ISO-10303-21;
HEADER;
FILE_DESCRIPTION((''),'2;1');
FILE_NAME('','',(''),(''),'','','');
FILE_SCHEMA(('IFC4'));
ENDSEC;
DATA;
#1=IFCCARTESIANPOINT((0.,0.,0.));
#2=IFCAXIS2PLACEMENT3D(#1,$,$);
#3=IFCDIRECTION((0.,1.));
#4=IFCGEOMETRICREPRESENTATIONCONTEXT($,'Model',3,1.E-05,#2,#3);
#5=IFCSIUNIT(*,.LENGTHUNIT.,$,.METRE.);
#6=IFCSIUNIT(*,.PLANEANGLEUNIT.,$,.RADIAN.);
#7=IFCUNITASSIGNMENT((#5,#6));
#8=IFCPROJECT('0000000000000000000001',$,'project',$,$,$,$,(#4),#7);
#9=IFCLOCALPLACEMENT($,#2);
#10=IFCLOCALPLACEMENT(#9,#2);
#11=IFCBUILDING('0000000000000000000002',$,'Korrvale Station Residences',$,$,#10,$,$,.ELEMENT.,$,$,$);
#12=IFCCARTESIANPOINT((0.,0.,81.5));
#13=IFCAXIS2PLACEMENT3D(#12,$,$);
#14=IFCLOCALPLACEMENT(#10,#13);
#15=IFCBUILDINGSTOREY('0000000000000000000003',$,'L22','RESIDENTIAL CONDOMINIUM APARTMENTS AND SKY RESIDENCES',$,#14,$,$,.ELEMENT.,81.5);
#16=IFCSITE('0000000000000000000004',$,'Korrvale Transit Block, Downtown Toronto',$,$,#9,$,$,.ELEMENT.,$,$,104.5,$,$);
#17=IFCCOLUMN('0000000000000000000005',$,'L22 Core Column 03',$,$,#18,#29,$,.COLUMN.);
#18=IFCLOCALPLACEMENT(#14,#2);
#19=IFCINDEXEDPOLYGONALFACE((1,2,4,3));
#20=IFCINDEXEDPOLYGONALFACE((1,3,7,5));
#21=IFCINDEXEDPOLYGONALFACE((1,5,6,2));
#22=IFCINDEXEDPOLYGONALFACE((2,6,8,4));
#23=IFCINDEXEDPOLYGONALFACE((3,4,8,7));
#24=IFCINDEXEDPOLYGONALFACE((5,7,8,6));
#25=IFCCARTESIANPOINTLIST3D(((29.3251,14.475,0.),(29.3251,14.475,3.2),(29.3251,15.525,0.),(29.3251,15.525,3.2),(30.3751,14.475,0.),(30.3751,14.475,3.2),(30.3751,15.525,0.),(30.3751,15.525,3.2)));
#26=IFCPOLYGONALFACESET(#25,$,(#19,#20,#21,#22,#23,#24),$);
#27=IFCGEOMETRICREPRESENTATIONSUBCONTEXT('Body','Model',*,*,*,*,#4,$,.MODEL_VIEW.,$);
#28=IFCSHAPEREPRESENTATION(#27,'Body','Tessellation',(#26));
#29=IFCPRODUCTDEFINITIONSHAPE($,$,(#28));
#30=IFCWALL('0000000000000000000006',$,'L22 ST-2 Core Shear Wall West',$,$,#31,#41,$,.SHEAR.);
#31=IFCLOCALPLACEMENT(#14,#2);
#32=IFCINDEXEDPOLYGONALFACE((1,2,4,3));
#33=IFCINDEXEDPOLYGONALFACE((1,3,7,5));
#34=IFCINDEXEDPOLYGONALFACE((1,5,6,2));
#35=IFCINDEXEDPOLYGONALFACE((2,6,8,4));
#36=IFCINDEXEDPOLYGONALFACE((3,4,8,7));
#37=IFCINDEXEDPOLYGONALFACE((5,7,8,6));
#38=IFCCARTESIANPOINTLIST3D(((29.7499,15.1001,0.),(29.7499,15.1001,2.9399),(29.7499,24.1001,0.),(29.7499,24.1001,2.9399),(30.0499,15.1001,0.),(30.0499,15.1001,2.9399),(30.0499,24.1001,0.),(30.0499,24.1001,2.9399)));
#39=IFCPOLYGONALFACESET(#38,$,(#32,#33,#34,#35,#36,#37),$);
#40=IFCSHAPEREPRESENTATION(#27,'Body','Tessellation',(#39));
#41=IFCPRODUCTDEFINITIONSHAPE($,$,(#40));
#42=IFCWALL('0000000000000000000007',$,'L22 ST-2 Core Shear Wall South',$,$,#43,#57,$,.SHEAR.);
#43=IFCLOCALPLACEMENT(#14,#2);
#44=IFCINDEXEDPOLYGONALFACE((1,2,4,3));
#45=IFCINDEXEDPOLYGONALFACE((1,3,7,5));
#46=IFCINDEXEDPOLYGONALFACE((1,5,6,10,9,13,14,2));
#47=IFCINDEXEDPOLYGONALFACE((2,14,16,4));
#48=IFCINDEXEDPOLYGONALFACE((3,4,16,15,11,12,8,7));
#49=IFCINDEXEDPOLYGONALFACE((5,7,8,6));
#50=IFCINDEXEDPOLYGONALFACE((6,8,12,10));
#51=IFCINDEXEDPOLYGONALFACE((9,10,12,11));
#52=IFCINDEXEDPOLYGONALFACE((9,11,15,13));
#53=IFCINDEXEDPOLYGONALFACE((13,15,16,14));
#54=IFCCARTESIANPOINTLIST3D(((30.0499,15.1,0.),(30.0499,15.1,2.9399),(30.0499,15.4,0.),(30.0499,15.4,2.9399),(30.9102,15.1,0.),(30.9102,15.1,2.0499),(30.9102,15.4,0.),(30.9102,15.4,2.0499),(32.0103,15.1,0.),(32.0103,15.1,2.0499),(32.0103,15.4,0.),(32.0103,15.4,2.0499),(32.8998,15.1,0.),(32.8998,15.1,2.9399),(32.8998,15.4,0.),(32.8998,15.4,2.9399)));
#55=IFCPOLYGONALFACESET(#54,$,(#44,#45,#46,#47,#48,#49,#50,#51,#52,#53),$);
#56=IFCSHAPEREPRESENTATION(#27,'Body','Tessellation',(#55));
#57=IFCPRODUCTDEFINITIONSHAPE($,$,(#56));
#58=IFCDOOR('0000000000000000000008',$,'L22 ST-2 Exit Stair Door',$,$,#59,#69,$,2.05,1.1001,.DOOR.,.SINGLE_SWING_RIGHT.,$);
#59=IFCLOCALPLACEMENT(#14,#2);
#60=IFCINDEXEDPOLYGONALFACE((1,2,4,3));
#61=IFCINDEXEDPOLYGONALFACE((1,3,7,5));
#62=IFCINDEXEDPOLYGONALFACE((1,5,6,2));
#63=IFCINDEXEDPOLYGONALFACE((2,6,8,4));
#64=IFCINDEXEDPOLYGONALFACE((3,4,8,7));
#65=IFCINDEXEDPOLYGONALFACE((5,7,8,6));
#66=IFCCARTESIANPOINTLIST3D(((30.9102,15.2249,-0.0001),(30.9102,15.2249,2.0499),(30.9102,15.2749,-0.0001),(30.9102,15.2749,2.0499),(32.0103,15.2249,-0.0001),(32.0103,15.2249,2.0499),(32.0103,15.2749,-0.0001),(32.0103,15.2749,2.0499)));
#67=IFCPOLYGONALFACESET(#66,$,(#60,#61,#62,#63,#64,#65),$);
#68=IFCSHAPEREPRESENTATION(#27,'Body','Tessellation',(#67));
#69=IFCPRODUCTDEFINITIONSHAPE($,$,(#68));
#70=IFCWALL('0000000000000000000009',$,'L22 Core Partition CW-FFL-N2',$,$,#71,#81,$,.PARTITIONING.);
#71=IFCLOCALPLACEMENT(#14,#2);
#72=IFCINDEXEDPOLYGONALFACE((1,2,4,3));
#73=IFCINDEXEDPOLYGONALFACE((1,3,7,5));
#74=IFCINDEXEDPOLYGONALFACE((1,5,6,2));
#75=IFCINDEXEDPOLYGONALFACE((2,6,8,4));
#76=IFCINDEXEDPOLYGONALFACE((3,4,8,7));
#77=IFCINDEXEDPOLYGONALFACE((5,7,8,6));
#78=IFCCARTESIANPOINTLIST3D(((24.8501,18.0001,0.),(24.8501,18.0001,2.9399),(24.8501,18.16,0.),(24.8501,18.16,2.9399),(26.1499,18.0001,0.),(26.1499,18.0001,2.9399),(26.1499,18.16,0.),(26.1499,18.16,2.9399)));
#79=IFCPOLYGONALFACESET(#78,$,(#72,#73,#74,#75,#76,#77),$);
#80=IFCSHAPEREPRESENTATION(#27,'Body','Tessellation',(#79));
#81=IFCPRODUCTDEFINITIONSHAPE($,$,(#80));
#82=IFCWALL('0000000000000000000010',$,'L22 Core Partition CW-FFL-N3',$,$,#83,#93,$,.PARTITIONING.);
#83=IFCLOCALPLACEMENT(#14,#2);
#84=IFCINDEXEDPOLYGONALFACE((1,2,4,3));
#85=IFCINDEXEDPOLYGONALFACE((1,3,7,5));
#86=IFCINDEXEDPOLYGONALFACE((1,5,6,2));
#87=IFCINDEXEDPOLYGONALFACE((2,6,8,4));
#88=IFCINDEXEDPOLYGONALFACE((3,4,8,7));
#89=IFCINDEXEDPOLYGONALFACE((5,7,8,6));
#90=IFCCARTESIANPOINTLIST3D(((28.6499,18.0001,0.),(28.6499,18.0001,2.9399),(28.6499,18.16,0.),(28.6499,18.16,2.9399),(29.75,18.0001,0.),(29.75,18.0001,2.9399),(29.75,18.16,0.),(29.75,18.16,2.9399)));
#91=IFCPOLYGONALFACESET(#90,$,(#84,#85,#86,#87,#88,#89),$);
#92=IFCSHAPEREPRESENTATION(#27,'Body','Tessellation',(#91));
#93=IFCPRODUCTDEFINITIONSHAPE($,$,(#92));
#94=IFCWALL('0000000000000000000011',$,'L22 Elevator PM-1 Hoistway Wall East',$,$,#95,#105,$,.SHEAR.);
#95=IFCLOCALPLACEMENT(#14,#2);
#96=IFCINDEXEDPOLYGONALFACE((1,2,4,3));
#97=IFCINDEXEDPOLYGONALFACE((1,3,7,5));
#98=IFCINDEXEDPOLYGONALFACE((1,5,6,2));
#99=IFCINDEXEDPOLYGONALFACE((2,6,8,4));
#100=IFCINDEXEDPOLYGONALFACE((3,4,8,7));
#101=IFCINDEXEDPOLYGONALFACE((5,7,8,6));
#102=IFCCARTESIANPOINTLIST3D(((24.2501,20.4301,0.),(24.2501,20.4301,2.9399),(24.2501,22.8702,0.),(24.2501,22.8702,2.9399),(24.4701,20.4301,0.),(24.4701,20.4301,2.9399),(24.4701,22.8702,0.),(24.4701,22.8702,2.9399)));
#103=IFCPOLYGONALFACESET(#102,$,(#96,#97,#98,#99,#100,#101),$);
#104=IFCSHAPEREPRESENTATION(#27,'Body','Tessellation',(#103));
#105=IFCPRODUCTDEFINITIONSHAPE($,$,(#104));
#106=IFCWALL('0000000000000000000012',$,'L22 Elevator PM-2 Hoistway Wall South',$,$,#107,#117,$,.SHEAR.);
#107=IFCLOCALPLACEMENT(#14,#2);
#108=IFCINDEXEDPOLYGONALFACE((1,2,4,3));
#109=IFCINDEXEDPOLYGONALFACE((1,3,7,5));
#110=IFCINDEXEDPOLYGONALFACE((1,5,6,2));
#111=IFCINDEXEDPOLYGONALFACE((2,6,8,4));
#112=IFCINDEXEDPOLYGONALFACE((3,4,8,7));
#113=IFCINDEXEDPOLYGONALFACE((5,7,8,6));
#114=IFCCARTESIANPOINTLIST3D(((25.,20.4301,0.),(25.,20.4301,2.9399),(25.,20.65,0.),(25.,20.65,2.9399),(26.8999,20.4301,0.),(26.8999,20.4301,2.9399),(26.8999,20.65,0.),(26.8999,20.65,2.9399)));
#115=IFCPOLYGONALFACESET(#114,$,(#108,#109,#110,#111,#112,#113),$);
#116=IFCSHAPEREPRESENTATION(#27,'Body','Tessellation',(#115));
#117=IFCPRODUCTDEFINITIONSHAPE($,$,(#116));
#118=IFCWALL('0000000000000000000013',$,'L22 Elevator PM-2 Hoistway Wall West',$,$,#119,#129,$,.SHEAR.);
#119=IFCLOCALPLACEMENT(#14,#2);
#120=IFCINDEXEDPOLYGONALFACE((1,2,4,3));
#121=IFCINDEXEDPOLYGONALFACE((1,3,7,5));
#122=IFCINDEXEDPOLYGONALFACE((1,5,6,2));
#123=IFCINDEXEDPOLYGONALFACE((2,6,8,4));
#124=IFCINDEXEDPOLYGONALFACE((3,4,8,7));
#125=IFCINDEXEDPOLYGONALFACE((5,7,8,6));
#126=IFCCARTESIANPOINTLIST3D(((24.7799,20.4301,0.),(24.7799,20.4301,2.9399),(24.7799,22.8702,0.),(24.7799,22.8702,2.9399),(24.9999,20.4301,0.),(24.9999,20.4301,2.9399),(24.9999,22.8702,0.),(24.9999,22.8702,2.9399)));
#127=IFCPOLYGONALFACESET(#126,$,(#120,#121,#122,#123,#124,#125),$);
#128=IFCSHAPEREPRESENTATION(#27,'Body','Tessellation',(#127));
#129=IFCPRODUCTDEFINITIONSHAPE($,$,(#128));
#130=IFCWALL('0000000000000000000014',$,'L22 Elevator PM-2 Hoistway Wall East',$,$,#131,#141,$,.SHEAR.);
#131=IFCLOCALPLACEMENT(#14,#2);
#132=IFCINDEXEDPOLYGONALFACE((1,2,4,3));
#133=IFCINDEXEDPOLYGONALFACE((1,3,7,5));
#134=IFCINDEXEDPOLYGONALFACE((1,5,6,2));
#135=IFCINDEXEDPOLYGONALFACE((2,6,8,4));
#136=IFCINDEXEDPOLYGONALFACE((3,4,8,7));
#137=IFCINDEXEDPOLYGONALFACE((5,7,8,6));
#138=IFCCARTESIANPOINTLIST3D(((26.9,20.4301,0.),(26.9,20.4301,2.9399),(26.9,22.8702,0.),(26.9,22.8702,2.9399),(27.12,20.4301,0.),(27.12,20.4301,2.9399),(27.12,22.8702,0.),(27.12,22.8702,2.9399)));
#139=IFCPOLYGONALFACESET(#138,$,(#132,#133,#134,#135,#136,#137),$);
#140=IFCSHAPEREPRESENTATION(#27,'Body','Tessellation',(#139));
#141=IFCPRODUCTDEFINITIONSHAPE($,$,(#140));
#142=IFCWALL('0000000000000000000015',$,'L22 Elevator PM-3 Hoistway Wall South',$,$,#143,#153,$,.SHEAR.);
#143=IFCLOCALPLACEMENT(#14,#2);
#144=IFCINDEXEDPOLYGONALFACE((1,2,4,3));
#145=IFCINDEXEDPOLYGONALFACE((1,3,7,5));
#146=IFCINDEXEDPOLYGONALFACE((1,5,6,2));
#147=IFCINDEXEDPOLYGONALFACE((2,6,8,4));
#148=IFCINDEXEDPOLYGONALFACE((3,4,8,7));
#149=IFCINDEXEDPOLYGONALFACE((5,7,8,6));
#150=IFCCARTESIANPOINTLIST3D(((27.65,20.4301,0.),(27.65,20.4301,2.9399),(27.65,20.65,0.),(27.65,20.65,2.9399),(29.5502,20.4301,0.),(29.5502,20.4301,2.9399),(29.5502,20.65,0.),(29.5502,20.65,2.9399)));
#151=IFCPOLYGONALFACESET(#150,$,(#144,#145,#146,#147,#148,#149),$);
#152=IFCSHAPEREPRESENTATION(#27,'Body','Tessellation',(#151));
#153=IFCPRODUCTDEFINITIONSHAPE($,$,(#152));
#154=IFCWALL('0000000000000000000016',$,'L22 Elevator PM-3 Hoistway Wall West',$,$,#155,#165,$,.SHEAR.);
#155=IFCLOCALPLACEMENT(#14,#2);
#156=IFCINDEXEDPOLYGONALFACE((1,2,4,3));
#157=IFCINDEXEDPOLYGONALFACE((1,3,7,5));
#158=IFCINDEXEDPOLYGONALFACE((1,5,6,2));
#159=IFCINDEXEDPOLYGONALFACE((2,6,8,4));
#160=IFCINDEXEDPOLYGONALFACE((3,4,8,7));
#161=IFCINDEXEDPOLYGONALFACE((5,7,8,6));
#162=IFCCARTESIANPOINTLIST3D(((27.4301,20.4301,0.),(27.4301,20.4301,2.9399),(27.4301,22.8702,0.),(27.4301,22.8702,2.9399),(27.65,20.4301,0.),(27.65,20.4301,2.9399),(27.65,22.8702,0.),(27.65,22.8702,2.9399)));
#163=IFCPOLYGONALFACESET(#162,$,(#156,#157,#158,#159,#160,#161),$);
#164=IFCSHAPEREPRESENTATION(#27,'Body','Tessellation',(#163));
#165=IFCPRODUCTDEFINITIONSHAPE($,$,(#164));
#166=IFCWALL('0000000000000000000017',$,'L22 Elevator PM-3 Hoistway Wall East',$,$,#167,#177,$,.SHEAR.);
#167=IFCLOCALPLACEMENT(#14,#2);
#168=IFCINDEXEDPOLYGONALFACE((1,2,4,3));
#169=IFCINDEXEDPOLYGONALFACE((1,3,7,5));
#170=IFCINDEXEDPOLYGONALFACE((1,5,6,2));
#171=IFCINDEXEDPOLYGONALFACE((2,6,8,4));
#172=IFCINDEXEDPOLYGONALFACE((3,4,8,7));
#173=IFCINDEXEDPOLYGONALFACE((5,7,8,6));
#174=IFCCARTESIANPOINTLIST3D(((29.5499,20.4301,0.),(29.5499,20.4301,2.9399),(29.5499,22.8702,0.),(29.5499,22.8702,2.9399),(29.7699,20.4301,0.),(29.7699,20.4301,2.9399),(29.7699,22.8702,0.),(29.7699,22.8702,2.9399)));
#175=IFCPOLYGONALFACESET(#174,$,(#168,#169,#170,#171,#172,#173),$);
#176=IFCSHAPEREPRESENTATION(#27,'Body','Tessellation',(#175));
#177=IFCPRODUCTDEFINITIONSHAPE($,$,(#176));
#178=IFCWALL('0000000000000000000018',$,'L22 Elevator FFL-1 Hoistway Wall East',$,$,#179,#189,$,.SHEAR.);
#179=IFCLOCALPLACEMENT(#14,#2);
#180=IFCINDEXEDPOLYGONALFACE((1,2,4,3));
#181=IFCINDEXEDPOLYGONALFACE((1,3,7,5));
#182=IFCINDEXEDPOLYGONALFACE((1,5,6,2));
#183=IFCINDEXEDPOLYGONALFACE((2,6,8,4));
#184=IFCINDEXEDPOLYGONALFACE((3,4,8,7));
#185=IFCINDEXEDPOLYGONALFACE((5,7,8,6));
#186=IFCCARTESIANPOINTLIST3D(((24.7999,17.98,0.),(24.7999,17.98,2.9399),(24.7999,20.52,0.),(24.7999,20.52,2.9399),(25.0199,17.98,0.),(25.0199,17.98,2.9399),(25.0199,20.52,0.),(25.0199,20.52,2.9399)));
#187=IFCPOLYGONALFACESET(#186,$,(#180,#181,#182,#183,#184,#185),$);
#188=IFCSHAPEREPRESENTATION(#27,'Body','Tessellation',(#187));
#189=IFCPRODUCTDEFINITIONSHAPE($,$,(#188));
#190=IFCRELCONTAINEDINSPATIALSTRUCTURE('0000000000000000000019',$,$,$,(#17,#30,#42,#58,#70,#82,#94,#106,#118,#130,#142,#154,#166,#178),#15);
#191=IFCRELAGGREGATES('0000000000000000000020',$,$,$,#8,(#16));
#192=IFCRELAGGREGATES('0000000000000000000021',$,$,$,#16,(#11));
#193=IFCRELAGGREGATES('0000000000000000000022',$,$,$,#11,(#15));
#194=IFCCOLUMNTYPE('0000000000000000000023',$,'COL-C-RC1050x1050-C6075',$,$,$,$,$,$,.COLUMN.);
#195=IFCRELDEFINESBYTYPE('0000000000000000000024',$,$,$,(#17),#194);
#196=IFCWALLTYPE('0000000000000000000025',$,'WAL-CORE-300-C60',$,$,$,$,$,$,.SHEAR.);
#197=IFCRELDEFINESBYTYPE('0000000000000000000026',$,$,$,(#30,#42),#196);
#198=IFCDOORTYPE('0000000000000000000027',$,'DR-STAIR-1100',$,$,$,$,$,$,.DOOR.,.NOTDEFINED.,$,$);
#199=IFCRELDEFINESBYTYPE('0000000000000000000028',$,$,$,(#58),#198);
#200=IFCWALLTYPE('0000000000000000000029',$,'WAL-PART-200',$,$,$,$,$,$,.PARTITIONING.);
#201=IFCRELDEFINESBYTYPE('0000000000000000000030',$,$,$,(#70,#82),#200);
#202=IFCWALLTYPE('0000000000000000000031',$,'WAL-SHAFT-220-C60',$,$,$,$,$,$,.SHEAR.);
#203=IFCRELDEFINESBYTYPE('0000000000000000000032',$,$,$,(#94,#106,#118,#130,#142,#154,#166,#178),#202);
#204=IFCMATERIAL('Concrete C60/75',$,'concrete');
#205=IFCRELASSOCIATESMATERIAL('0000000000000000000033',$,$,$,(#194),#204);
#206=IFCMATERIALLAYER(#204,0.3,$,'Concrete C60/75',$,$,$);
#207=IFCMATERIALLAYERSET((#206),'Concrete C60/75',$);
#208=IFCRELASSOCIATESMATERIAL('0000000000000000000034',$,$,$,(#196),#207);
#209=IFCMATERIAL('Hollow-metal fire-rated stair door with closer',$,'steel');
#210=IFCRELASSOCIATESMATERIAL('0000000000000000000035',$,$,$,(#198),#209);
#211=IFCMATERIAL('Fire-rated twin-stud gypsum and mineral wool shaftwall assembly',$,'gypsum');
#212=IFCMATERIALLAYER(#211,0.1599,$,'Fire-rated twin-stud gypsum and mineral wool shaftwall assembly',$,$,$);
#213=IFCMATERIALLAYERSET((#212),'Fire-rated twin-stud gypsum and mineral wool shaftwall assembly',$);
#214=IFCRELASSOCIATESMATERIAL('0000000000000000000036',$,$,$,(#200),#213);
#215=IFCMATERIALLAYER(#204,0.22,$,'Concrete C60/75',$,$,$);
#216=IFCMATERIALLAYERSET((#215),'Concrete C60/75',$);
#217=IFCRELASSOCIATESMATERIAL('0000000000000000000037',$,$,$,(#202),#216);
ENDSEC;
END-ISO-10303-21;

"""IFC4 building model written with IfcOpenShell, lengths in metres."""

from ifc_helpers import new_model, si_unit, direction, frame, frame_2d, origin, origin_2d, place, context, subcontext, project, spatial, rectangle, extrude, material, layer, layer_set, material_profile, profile_set, type_object, element, fill, save


model = new_model("IFC4")

# Units and contexts
model_context = context("Model", 3, precision=1e-05, world=origin(), true_north=direction((0.0, 1.0)))
body_context = subcontext(model_context, "Body", "Model", "MODEL_VIEW")
ifc_project = project(units=[si_unit("LENGTHUNIT", "METRE"), si_unit("PLANEANGLEUNIT", "RADIAN")], contexts=[model_context])

# Site, building, storey
site_placement = place(None, origin())
site = spatial("IfcSite", under=ifc_project, at=site_placement, Name="Korrvale Transit Block, Downtown Toronto", CompositionType="ELEMENT", RefElevation=104.5)
building_placement = place(site_placement, origin())
building = spatial("IfcBuilding", under=site, at=building_placement, Name="Korrvale Station Residences", CompositionType="ELEMENT")
storey_placement = place(building_placement, frame((0.0, 0.0, 81.5)))
storey = spatial("IfcBuildingStorey", under=building, at=storey_placement, Name="L22", Description="RESIDENTIAL CONDOMINIUM APARTMENTS AND SKY RESIDENCES", CompositionType="ELEMENT", Elevation=81.5)

# Column
ifc_material_1 = material(Name="Concrete C60/75", Category="concrete")
ifc_material_profile = material_profile(ifc_material_1, rectangle(XDim=1.05, YDim=1.05, at=origin_2d()), Name="RC1050x1050")
ifc_profile_set = profile_set([ifc_material_profile], Name="Concrete C60/75")
column_type = type_object("IfcColumnType", Name="COL-C-RC1050x1050-C6075", PredefinedType="COLUMN", material=ifc_profile_set)
column_placement = place(storey_placement, frame((29.8501, 15.0, 0.0), z_axis=(0.0, 0.0, 1.0), x_axis=(1.0, 0.0, 0.0)))
element("IfcColumn", 1, at=column_placement, inside=storey, type_object=column_type, Name="L22 Core Column 03", PredefinedType="COLUMN", context=body_context, shape_type="SweptSolid", body=[
    extrude(rectangle(XDim=1.05, YDim=1.05, at=origin_2d()), origin(), (0.0, 0.0, 1.0), 3.2),
])

# Wall
ifc_layer_1 = layer(ifc_material_1, 0.3, Name="Concrete C60/75")
ifc_layer_set_1 = layer_set([ifc_layer_1], Name="Concrete C60/75")
wall_type_1 = type_object("IfcWallType", Name="WAL-CORE-300-C60", PredefinedType="SHEAR", material=ifc_layer_set_1)
wall_1_placement = place(storey_placement, frame((29.8999, 15.1001, 0.0), z_axis=(0.0, 0.0, 1.0), x_axis=(0.0, 1.0, 0.0)))
element("IfcWall", 2, at=wall_1_placement, inside=storey, type_object=wall_type_1, Name="L22 ST-2 Core Shear Wall West", PredefinedType="SHEAR", context=body_context, shape_type="SweptSolid", body=[
    extrude(rectangle(XDim=9.0, YDim=0.3, at=frame_2d((4.5, 0.0))), origin(), (0.0, 0.0, 1.0), 2.9399),
])

# Wall, opening, door
wall_2_placement = place(storey_placement, frame((30.05, 15.25, 0.0), z_axis=(0.0, 0.0, 1.0), x_axis=(1.0, 0.0, 0.0)))
wall_2 = element("IfcWall", 3, at=wall_2_placement, inside=storey, type_object=wall_type_1, Name="L22 ST-2 Core Shear Wall South", PredefinedType="SHEAR", context=body_context, shape_type="SweptSolid", body=[
    extrude(rectangle(XDim=2.8499, YDim=0.3, at=frame_2d((1.4248, 0.0))), origin(), (0.0, 0.0, 1.0), 2.9399),
])
opening_1_placement = place(wall_2_placement, frame((0.8601, 0.0, 0.0)))
opening_1 = element("IfcOpeningElement", 4, at=opening_1_placement, cuts=wall_2, PredefinedType="OPENING", context=body_context, shape_type="SweptSolid", body=[
    extrude(rectangle(XDim=1.1001, YDim=2.05, at=frame_2d((0.55, 1.0249))), frame((0.0, 0.1602, 0.0), z_axis=(0.0, -1.0, 0.0), x_axis=(1.0, 0.0, 0.0)), (0.0, 0.0, 1.0), 0.3201),
])
ifc_material_2 = material(Name="Hollow-metal fire-rated stair door with closer", Category="steel")
door_type_1 = type_object("IfcDoorType", Name="DR-STAIR-1100", OperationType="NOTDEFINED", PredefinedType="DOOR", material=ifc_material_2)
door_1_placement = place(opening_1_placement, origin())
door_1 = element("IfcDoor", 5, at=door_1_placement, inside=storey, type_object=door_type_1, Name="L22 ST-2 Exit Stair Door", OperationType="SINGLE_SWING_RIGHT", OverallHeight=2.05, OverallWidth=1.1001, PredefinedType="DOOR", context=body_context, shape_type="SweptSolid", body=[
    extrude(rectangle(XDim=1.1001, YDim=2.05, at=frame_2d((0.55, 1.0249))), frame((0.0, 0.0249, 0.0), z_axis=(0.0, -1.0, 0.0), x_axis=(1.0, 0.0, 0.0)), (0.0, 0.0, 1.0), 0.05),
])
fill(opening_1, door_1)

# Walls
ifc_material_3 = material(Name="Fire-rated twin-stud gypsum and mineral wool shaftwall assembly", Category="gypsum")
ifc_layer_2 = layer(ifc_material_3, 0.1599, Name="Fire-rated twin-stud gypsum and mineral wool shaftwall assembly")
ifc_layer_set_2 = layer_set([ifc_layer_2], Name="Fire-rated twin-stud gypsum and mineral wool shaftwall assembly")
wall_type_2 = type_object("IfcWallType", Name="WAL-PART-200", PredefinedType="PARTITIONING", material=ifc_layer_set_2)
wall_3_placement = place(storey_placement, frame((24.8501, 18.0801, 0.0), z_axis=(0.0, 0.0, 1.0), x_axis=(1.0, 0.0, 0.0)))
element("IfcWall", 6, at=wall_3_placement, inside=storey, type_object=wall_type_2, Name="L22 Core Partition CW-FFL-N2", PredefinedType="PARTITIONING", context=body_context, shape_type="SweptSolid", body=[
    extrude(rectangle(XDim=1.2998, YDim=0.1599, at=frame_2d((0.6499, 0.0))), origin(), (0.0, 0.0, 1.0), 2.9399),
])
wall_4_placement = place(storey_placement, frame((28.6499, 18.0801, 0.0), z_axis=(0.0, 0.0, 1.0), x_axis=(1.0, 0.0, 0.0)))
element("IfcWall", 7, at=wall_4_placement, inside=storey, type_object=wall_type_2, Name="L22 Core Partition CW-FFL-N3", PredefinedType="PARTITIONING", context=body_context, shape_type="SweptSolid", body=[
    extrude(rectangle(XDim=1.1001, YDim=0.1599, at=frame_2d((0.55, 0.0))), origin(), (0.0, 0.0, 1.0), 2.9399),
])
ifc_layer_3 = layer(ifc_material_1, 0.22, Name="Concrete C60/75")
ifc_layer_set_3 = layer_set([ifc_layer_3], Name="Concrete C60/75")
wall_type_3 = type_object("IfcWallType", Name="WAL-SHAFT-220-C60", PredefinedType="SHEAR", material=ifc_layer_set_3)
wall_5_placement = place(storey_placement, frame((24.3601, 20.4299, 0.0), z_axis=(0.0, 0.0, 1.0), x_axis=(0.0, 1.0, 0.0)))
element("IfcWall", 8, at=wall_5_placement, inside=storey, type_object=wall_type_3, Name="L22 Elevator PM-1 Hoistway Wall East", PredefinedType="SHEAR", context=body_context, shape_type="SweptSolid", body=[
    extrude(rectangle(XDim=2.4402, YDim=0.22, at=frame_2d((1.2202, 0.0))), origin(), (0.0, 0.0, 1.0), 2.9399),
])
wall_6_placement = place(storey_placement, frame((25.0, 20.54, 0.0), z_axis=(0.0, 0.0, 1.0), x_axis=(1.0, 0.0, 0.0)))
element("IfcWall", 9, at=wall_6_placement, inside=storey, type_object=wall_type_3, Name="L22 Elevator PM-2 Hoistway Wall South", PredefinedType="SHEAR", context=body_context, shape_type="SweptSolid", body=[
    extrude(rectangle(XDim=1.8999, YDim=0.22, at=frame_2d((0.95, 0.0))), origin(), (0.0, 0.0, 1.0), 2.9399),
])
for number, where, z_axis, x_axis, name in (
    (10, (24.8899, 20.4299, 0.0), (0.0, 0.0, 1.0), (0.0, 1.0, 0.0), "L22 Elevator PM-2 Hoistway Wall West"),
    (11, (27.01, 20.4299, 0.0), (0.0, 0.0, 1.0), (0.0, 1.0, 0.0), "L22 Elevator PM-2 Hoistway Wall East"),
):
    element("IfcWall", number, at=place(storey_placement, frame(where, z_axis=z_axis, x_axis=x_axis)), inside=storey, type_object=wall_type_3, Name=name, PredefinedType="SHEAR", context=body_context, shape_type="SweptSolid", body=[
        extrude(rectangle(XDim=2.4402, YDim=0.22, at=frame_2d((1.2202, 0.0))), origin(), (0.0, 0.0, 1.0), 2.9399),
    ])
wall_7_placement = place(storey_placement, frame((27.6499, 20.54, 0.0), z_axis=(0.0, 0.0, 1.0), x_axis=(1.0, 0.0, 0.0)))
element("IfcWall", 12, at=wall_7_placement, inside=storey, type_object=wall_type_3, Name="L22 Elevator PM-3 Hoistway Wall South", PredefinedType="SHEAR", context=body_context, shape_type="SweptSolid", body=[
    extrude(rectangle(XDim=1.9001, YDim=0.22, at=frame_2d((0.9502, 0.0))), origin(), (0.0, 0.0, 1.0), 2.9399),
])
for number, where, z_axis, x_axis, name in (
    (13, (27.54, 20.4299, 0.0), (0.0, 0.0, 1.0), (0.0, 1.0, 0.0), "L22 Elevator PM-3 Hoistway Wall West"),
    (14, (29.6599, 20.4299, 0.0), (0.0, 0.0, 1.0), (0.0, 1.0, 0.0), "L22 Elevator PM-3 Hoistway Wall East"),
):
    element("IfcWall", number, at=place(storey_placement, frame(where, z_axis=z_axis, x_axis=x_axis)), inside=storey, type_object=wall_type_3, Name=name, PredefinedType="SHEAR", context=body_context, shape_type="SweptSolid", body=[
        extrude(rectangle(XDim=2.4402, YDim=0.22, at=frame_2d((1.2202, 0.0))), origin(), (0.0, 0.0, 1.0), 2.9399),
    ])
wall_8_placement = place(storey_placement, frame((24.9099, 17.98, 0.0), z_axis=(0.0, 0.0, 1.0), x_axis=(0.0, 1.0, 0.0)))
element("IfcWall", 15, at=wall_8_placement, inside=storey, type_object=wall_type_3, Name="L22 Elevator FFL-1 Hoistway Wall East", PredefinedType="SHEAR", context=body_context, shape_type="SweptSolid", body=[
    extrude(rectangle(XDim=2.54, YDim=0.22, at=frame_2d((1.27, 0.0))), origin(), (0.0, 0.0, 1.0), 2.9399),
])

save(model, "model.ifc")
